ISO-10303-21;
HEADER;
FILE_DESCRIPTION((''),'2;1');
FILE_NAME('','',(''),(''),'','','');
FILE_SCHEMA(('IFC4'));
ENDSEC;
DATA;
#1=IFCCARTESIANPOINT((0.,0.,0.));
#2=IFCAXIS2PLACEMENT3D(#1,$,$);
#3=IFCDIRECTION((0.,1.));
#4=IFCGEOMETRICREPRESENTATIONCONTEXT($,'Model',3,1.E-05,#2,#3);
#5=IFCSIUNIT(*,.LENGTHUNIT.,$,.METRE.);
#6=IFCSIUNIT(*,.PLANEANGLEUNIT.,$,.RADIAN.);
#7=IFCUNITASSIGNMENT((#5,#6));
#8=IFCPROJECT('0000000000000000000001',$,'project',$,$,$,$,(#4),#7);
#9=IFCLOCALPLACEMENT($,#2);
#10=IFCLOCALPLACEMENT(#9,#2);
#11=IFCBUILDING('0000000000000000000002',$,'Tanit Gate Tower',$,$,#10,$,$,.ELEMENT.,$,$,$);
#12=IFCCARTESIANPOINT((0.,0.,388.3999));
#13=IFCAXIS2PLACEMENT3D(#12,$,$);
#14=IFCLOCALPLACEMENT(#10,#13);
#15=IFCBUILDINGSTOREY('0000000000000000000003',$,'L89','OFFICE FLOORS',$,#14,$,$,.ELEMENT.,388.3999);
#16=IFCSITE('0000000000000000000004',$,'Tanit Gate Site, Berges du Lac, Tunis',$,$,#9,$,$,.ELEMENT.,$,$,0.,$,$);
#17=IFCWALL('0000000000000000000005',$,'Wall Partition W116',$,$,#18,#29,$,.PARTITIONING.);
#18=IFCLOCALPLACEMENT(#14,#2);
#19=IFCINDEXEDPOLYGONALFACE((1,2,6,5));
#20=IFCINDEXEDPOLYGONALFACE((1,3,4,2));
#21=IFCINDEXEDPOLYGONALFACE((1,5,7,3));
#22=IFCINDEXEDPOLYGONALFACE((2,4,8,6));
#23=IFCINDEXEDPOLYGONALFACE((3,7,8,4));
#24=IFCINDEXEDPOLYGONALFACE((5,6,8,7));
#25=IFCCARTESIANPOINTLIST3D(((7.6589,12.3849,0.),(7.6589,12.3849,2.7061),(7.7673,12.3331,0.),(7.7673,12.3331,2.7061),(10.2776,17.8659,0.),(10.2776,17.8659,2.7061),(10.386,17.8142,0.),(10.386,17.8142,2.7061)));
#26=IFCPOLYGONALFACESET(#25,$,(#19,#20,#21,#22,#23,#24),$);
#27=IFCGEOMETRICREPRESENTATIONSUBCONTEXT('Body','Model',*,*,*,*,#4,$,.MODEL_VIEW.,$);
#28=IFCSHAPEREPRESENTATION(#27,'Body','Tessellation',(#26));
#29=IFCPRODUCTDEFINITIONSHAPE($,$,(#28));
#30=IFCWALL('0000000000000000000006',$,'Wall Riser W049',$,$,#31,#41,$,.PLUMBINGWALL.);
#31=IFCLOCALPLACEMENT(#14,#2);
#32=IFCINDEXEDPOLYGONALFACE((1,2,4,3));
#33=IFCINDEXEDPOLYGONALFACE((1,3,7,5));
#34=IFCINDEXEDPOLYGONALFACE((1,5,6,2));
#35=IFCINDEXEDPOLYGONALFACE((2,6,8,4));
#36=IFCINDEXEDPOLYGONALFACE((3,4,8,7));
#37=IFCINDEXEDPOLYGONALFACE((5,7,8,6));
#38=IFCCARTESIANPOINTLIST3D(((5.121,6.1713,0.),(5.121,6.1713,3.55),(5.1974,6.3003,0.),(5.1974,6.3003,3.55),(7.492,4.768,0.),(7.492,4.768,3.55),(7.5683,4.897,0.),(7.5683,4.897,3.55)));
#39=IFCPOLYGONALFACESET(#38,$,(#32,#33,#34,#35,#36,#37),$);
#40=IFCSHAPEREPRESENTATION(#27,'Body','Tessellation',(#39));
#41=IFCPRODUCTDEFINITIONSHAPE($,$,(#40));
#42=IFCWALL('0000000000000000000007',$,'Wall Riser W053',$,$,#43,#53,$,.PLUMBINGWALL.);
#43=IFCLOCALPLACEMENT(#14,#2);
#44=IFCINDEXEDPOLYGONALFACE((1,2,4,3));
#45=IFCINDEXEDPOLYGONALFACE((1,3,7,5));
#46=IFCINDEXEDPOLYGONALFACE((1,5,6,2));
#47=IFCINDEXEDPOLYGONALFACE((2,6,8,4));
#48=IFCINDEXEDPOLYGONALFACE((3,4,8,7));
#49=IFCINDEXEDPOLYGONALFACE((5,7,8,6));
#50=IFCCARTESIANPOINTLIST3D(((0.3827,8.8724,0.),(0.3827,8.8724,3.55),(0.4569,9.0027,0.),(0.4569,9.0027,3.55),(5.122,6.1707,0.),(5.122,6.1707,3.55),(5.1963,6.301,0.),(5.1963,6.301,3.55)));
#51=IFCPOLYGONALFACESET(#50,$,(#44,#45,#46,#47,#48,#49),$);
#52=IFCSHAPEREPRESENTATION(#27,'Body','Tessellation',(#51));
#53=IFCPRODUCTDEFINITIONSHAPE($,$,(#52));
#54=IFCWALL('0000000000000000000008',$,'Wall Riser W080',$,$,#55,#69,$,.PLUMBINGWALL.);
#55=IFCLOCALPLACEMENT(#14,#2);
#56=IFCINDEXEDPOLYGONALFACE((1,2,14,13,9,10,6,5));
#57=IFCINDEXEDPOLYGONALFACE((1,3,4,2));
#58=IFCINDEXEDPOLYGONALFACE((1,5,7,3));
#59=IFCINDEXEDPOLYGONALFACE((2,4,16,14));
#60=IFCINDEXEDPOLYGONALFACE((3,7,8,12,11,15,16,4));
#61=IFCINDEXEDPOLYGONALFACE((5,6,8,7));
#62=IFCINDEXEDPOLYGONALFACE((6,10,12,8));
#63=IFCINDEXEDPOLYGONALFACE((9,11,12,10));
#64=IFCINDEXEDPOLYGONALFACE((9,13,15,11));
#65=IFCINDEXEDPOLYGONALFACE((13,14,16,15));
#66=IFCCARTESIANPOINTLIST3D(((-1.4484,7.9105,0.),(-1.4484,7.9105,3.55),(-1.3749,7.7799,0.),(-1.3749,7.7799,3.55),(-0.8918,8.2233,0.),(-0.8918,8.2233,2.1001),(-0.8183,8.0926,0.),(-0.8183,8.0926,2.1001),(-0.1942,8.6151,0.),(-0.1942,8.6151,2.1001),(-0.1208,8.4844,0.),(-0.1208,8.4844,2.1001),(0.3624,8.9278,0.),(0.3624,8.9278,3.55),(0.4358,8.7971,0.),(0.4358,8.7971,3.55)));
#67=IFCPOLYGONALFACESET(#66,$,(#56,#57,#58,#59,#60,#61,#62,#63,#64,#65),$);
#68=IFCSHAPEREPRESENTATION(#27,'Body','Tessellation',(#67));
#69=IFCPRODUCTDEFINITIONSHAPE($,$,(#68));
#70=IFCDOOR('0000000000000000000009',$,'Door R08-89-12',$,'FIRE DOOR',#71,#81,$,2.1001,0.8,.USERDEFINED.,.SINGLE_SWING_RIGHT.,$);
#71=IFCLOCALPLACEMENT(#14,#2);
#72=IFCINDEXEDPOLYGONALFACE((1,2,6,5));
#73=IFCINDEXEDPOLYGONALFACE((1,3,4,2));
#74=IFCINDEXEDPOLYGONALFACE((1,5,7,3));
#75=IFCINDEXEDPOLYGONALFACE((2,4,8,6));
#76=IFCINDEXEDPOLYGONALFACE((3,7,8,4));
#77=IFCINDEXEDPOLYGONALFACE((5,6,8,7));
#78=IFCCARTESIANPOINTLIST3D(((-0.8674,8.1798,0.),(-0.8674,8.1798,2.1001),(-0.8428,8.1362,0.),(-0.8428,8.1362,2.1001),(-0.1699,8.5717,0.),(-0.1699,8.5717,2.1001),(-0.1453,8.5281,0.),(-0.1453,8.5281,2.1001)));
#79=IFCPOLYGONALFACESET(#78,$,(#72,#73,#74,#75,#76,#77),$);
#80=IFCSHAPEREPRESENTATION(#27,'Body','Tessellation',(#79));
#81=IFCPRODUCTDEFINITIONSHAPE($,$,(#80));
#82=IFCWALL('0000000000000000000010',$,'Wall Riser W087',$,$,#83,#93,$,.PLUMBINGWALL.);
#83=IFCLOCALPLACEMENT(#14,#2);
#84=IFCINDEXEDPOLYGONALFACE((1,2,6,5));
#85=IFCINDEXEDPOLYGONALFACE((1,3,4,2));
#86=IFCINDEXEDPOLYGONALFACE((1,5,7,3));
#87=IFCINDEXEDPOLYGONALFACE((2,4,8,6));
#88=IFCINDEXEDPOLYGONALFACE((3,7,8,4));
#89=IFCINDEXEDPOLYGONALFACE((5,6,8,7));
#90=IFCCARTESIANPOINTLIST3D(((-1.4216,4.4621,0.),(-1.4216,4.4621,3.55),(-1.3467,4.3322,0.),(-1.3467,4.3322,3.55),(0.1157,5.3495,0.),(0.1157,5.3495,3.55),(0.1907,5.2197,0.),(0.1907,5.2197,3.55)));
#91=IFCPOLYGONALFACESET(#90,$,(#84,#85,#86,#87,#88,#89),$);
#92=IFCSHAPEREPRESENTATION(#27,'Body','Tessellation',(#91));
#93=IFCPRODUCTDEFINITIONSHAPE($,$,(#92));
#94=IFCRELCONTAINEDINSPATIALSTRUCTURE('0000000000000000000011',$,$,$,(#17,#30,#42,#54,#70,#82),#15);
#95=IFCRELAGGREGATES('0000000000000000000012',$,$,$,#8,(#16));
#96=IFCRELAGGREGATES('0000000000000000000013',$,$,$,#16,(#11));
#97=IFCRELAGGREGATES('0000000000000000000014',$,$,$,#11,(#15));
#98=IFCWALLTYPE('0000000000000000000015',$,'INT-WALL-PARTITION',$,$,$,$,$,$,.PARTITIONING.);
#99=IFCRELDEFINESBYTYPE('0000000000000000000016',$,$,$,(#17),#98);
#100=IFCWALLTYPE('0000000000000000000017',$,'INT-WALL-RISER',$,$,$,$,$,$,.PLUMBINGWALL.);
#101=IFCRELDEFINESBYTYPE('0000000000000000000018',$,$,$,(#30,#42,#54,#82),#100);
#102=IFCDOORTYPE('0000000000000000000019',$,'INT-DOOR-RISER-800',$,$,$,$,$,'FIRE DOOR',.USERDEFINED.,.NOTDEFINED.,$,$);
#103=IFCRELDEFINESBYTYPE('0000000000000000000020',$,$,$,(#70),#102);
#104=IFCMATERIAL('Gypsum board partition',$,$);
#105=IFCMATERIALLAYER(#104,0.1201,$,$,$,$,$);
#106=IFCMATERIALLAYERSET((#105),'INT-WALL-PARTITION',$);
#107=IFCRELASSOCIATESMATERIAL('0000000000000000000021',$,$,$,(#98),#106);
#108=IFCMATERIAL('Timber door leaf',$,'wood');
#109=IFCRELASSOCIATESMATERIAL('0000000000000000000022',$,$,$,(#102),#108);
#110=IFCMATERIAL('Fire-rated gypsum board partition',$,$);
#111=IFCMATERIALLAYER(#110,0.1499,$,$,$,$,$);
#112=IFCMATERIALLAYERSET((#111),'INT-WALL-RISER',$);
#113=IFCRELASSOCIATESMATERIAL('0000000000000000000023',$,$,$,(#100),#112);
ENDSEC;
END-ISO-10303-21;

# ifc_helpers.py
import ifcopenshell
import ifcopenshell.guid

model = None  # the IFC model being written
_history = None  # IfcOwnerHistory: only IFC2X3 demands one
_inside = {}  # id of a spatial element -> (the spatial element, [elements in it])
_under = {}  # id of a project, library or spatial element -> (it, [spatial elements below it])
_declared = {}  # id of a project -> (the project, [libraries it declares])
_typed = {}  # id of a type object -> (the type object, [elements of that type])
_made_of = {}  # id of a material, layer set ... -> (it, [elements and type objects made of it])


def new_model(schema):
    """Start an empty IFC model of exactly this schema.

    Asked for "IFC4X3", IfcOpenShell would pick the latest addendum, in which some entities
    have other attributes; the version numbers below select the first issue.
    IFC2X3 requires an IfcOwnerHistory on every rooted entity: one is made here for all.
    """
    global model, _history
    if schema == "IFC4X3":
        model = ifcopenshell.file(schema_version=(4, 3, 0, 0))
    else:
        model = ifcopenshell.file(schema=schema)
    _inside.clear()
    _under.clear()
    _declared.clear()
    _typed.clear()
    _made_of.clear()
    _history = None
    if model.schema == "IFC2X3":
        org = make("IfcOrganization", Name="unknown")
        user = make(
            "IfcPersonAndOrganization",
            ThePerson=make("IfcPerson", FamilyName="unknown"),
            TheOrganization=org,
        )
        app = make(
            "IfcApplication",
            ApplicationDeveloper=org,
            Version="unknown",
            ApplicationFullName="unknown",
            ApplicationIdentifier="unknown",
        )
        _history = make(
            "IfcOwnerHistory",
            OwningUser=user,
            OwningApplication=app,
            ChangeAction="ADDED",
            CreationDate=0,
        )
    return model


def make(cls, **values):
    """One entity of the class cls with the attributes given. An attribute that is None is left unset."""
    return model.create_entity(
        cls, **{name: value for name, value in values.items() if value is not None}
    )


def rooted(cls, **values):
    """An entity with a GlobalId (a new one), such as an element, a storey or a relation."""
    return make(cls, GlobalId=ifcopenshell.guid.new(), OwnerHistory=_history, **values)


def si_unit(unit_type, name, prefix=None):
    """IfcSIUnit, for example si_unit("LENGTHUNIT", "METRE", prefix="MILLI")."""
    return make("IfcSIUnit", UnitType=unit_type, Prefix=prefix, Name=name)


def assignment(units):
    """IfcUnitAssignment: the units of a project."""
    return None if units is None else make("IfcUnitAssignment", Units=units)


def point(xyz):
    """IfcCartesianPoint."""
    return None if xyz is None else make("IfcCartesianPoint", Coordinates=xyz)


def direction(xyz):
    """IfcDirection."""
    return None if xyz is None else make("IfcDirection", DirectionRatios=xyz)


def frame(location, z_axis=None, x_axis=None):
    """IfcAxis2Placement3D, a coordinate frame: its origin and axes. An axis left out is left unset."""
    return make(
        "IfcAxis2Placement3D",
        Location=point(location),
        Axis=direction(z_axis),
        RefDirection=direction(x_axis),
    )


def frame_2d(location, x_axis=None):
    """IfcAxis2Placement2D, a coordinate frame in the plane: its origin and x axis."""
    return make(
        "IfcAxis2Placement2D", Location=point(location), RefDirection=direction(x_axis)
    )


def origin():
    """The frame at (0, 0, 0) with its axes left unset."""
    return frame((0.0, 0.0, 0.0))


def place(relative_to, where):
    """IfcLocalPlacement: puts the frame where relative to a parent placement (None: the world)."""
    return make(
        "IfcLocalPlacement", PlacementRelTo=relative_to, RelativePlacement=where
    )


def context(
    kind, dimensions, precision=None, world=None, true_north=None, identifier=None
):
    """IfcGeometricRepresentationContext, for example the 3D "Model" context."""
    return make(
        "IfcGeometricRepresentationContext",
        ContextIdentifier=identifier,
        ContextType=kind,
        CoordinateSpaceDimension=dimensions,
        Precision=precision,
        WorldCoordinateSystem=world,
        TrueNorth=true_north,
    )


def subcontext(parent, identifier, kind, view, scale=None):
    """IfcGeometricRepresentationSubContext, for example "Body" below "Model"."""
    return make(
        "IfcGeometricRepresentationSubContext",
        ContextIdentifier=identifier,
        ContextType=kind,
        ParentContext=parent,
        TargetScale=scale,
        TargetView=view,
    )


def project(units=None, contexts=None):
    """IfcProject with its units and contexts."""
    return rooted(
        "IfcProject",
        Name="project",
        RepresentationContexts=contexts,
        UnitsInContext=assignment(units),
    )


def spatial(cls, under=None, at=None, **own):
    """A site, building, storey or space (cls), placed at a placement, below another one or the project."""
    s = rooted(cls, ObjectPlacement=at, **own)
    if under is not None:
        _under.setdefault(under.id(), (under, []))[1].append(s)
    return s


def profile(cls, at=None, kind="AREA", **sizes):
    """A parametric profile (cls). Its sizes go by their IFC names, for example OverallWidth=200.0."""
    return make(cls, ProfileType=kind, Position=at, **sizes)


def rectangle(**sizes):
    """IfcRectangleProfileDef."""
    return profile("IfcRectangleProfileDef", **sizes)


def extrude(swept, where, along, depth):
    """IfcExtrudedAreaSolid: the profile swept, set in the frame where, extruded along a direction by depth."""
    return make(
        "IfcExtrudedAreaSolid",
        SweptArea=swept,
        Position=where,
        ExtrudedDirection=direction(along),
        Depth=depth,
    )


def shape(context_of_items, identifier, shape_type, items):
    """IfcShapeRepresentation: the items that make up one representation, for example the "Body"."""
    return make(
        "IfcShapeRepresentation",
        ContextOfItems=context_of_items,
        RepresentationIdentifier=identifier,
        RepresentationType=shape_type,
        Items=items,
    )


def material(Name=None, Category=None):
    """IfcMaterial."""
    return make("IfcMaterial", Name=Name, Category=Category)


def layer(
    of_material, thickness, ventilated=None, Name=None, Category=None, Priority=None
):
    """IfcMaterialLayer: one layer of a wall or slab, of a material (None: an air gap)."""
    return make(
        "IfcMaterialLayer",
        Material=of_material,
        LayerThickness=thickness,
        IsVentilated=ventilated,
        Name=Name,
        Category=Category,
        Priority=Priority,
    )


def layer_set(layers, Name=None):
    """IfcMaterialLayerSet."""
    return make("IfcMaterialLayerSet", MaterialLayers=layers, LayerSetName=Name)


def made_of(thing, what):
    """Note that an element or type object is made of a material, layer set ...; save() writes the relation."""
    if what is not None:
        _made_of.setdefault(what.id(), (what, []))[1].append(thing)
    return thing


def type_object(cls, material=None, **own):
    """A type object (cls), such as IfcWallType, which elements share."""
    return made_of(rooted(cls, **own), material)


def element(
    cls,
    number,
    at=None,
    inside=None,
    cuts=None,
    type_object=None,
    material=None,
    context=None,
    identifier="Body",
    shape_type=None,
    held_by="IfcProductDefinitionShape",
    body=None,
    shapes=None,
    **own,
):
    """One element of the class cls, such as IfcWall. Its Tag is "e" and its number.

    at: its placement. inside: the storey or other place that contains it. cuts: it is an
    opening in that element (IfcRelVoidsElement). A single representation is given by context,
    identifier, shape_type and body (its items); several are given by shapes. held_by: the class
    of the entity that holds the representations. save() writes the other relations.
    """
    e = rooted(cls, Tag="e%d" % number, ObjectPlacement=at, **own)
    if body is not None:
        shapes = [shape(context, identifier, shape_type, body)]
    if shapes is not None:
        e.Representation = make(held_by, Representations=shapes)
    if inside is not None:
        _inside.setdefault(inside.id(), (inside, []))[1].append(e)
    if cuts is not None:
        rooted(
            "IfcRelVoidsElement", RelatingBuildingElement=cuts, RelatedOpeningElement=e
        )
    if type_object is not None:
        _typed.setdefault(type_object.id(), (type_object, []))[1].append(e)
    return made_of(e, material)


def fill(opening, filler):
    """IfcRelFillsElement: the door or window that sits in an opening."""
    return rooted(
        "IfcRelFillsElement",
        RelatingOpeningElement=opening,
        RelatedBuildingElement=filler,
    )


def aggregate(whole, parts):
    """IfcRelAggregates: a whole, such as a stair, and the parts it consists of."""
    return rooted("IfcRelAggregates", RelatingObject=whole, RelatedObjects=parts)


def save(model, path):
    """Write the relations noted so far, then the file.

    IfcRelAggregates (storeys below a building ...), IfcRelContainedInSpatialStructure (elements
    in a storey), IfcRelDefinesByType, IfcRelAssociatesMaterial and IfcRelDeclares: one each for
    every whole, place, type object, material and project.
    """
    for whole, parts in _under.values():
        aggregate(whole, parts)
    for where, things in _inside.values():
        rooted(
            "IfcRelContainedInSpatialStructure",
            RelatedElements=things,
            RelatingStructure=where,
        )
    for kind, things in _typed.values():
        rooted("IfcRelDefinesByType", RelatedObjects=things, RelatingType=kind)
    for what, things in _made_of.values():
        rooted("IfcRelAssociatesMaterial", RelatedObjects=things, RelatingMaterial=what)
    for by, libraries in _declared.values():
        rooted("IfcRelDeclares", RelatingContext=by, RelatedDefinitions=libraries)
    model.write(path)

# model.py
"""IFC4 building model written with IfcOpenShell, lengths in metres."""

from ifc_helpers import new_model, si_unit, direction, frame, frame_2d, origin, place, context, subcontext, project, spatial, rectangle, extrude, material, layer, layer_set, type_object, element, fill, save


model = new_model("IFC4")

# Units and contexts
model_context = context("Model", 3, precision=1e-05, world=origin(), true_north=direction((0.0, 1.0)))
body_context = subcontext(model_context, "Body", "Model", "MODEL_VIEW")
ifc_project = project(units=[si_unit("LENGTHUNIT", "METRE"), si_unit("PLANEANGLEUNIT", "RADIAN")], contexts=[model_context])

# Site, building, storey
site_placement = place(None, origin())
site = spatial("IfcSite", under=ifc_project, at=site_placement, Name="Tanit Gate Site, Berges du Lac, Tunis", CompositionType="ELEMENT", RefElevation=0.0)
building_placement = place(site_placement, origin())
building = spatial("IfcBuilding", under=site, at=building_placement, Name="Tanit Gate Tower", CompositionType="ELEMENT")
storey_placement = place(building_placement, frame((0.0, 0.0, 388.3999)))
storey = spatial("IfcBuildingStorey", under=building, at=storey_placement, Name="L89", Description="OFFICE FLOORS", CompositionType="ELEMENT", Elevation=388.3999)

# Shared definitions
ifc_material_1 = material(Name="Gypsum board partition")
ifc_layer_1 = layer(ifc_material_1, 0.1201)
ifc_layer_set_1 = layer_set([ifc_layer_1], Name="INT-WALL-PARTITION")
wall_type_1 = type_object("IfcWallType", Name="INT-WALL-PARTITION", PredefinedType="PARTITIONING", material=ifc_layer_set_1)

# Shared definitions
ifc_material_2 = material(Name="Timber door leaf", Category="wood")
door_type_1 = type_object("IfcDoorType", Name="INT-DOOR-RISER-800", ElementType="FIRE DOOR", OperationType="NOTDEFINED", PredefinedType="USERDEFINED", material=ifc_material_2)

# Walls
wall_1_placement = place(storey_placement, frame((7.7131, 12.3591, 0.0), z_axis=(0.0, 0.0, 1.0), x_axis=(0.431097, 0.902306, 0.0)))
element("IfcWall", 1, at=wall_1_placement, inside=storey, type_object=wall_type_1, Name="Wall Partition W116", PredefinedType="PARTITIONING", context=body_context, shape_type="SweptSolid", body=[
    extrude(rectangle(XDim=6.0745, YDim=0.1201, at=frame_2d((3.0371, 0.0))), origin(), (0.0, 0.0, 1.0), 2.7061),
])
ifc_material_3 = material(Name="Fire-rated gypsum board partition")
ifc_layer_2 = layer(ifc_material_3, 0.1499)
ifc_layer_set_2 = layer_set([ifc_layer_2], Name="INT-WALL-RISER")
wall_type_2 = type_object("IfcWallType", Name="INT-WALL-RISER", PredefinedType="PLUMBINGWALL", material=ifc_layer_set_2)
wall_2_placement = place(storey_placement, frame((7.53, 4.8325, 0.0), z_axis=(0.0, 0.0, 1.0), x_axis=(-0.860551, 0.509365, 0.0)))
element("IfcWall", 2, at=wall_2_placement, inside=storey, type_object=wall_type_2, Name="Wall Riser W049", PredefinedType="PLUMBINGWALL", context=body_context, shape_type="SweptSolid", body=[
    extrude(rectangle(XDim=2.7551, YDim=0.1499, at=frame_2d((1.3774, 0.0))), origin(), (0.0, 0.0, 1.0), 3.55),
])
wall_3_placement = place(storey_placement, frame((0.4199, 8.9375, 0.0), z_axis=(0.0, 0.0, 1.0), x_axis=(0.868755, -0.495242, 0.0)))
element("IfcWall", 3, at=wall_3_placement, inside=storey, type_object=wall_type_2, Name="Wall Riser W053", PredefinedType="PLUMBINGWALL", context=body_context, shape_type="SweptSolid", body=[
    extrude(rectangle(XDim=5.4553, YDim=0.1499, at=frame_2d((2.7275, 0.0))), origin(), (0.0, 0.0, 1.0), 3.55),
])

# Wall, opening, door
wall_4_placement = place(storey_placement, frame((0.3992, 8.8625, 0.0), z_axis=(0.0, 0.0, 1.0), x_axis=(-0.87183, -0.489809, 0.0)))
wall_4 = element("IfcWall", 4, at=wall_4_placement, inside=storey, type_object=wall_type_2, Name="Wall Riser W080", PredefinedType="PLUMBINGWALL", context=body_context, shape_type="SweptSolid", body=[
    extrude(rectangle(XDim=2.0769, YDim=0.1499, at=frame_2d((1.0386, 0.0))), origin(), (0.0, 0.0, 1.0), 3.55),
])
opening_1_placement = place(wall_4_placement, frame((0.6387, 0.0, 0.0)))
opening_1 = element("IfcOpeningElement", 5, at=opening_1_placement, cuts=wall_4, PredefinedType="OPENING", context=body_context, shape_type="SweptSolid", body=[
    extrude(rectangle(XDim=0.8, YDim=2.1001, at=frame_2d((0.3999, 1.05))), frame((0.0, 0.085, 0.0), z_axis=(0.0, -1.0, 0.0), x_axis=(1.0, 0.0, 0.0)), (0.0, 0.0, 1.0), 0.1699),
])
door_1_placement = place(opening_1_placement, origin())
door_1 = element("IfcDoor", 6, at=door_1_placement, inside=storey, type_object=door_type_1, Name="Door R08-89-12", ObjectType="FIRE DOOR", OperationType="SINGLE_SWING_RIGHT", OverallHeight=2.1001, OverallWidth=0.8, PredefinedType="USERDEFINED", context=body_context, shape_type="SweptSolid", body=[
    extrude(rectangle(XDim=0.8, YDim=2.1001, at=frame_2d((0.3999, 1.05))), frame((0.0, 0.0249, 0.0), z_axis=(0.0, -1.0, 0.0), x_axis=(1.0, 0.0, 0.0)), (0.0, 0.0, 1.0), 0.05),
])
fill(opening_1, door_1)

# Wall
wall_5_placement = place(storey_placement, frame((0.1533, 5.2847, 0.0), z_axis=(0.0, 0.0, 1.0), x_axis=(-0.86606, -0.499941, 0.0)))
element("IfcWall", 7, at=wall_5_placement, inside=storey, type_object=wall_type_2, Name="Wall Riser W087", PredefinedType="PLUMBINGWALL", context=body_context, shape_type="SweptSolid", body=[
    extrude(rectangle(XDim=1.7751, YDim=0.1499, at=frame_2d((0.8877, 0.0))), origin(), (0.0, 0.0, 1.0), 3.55),
])

save(model, "model.ifc")
